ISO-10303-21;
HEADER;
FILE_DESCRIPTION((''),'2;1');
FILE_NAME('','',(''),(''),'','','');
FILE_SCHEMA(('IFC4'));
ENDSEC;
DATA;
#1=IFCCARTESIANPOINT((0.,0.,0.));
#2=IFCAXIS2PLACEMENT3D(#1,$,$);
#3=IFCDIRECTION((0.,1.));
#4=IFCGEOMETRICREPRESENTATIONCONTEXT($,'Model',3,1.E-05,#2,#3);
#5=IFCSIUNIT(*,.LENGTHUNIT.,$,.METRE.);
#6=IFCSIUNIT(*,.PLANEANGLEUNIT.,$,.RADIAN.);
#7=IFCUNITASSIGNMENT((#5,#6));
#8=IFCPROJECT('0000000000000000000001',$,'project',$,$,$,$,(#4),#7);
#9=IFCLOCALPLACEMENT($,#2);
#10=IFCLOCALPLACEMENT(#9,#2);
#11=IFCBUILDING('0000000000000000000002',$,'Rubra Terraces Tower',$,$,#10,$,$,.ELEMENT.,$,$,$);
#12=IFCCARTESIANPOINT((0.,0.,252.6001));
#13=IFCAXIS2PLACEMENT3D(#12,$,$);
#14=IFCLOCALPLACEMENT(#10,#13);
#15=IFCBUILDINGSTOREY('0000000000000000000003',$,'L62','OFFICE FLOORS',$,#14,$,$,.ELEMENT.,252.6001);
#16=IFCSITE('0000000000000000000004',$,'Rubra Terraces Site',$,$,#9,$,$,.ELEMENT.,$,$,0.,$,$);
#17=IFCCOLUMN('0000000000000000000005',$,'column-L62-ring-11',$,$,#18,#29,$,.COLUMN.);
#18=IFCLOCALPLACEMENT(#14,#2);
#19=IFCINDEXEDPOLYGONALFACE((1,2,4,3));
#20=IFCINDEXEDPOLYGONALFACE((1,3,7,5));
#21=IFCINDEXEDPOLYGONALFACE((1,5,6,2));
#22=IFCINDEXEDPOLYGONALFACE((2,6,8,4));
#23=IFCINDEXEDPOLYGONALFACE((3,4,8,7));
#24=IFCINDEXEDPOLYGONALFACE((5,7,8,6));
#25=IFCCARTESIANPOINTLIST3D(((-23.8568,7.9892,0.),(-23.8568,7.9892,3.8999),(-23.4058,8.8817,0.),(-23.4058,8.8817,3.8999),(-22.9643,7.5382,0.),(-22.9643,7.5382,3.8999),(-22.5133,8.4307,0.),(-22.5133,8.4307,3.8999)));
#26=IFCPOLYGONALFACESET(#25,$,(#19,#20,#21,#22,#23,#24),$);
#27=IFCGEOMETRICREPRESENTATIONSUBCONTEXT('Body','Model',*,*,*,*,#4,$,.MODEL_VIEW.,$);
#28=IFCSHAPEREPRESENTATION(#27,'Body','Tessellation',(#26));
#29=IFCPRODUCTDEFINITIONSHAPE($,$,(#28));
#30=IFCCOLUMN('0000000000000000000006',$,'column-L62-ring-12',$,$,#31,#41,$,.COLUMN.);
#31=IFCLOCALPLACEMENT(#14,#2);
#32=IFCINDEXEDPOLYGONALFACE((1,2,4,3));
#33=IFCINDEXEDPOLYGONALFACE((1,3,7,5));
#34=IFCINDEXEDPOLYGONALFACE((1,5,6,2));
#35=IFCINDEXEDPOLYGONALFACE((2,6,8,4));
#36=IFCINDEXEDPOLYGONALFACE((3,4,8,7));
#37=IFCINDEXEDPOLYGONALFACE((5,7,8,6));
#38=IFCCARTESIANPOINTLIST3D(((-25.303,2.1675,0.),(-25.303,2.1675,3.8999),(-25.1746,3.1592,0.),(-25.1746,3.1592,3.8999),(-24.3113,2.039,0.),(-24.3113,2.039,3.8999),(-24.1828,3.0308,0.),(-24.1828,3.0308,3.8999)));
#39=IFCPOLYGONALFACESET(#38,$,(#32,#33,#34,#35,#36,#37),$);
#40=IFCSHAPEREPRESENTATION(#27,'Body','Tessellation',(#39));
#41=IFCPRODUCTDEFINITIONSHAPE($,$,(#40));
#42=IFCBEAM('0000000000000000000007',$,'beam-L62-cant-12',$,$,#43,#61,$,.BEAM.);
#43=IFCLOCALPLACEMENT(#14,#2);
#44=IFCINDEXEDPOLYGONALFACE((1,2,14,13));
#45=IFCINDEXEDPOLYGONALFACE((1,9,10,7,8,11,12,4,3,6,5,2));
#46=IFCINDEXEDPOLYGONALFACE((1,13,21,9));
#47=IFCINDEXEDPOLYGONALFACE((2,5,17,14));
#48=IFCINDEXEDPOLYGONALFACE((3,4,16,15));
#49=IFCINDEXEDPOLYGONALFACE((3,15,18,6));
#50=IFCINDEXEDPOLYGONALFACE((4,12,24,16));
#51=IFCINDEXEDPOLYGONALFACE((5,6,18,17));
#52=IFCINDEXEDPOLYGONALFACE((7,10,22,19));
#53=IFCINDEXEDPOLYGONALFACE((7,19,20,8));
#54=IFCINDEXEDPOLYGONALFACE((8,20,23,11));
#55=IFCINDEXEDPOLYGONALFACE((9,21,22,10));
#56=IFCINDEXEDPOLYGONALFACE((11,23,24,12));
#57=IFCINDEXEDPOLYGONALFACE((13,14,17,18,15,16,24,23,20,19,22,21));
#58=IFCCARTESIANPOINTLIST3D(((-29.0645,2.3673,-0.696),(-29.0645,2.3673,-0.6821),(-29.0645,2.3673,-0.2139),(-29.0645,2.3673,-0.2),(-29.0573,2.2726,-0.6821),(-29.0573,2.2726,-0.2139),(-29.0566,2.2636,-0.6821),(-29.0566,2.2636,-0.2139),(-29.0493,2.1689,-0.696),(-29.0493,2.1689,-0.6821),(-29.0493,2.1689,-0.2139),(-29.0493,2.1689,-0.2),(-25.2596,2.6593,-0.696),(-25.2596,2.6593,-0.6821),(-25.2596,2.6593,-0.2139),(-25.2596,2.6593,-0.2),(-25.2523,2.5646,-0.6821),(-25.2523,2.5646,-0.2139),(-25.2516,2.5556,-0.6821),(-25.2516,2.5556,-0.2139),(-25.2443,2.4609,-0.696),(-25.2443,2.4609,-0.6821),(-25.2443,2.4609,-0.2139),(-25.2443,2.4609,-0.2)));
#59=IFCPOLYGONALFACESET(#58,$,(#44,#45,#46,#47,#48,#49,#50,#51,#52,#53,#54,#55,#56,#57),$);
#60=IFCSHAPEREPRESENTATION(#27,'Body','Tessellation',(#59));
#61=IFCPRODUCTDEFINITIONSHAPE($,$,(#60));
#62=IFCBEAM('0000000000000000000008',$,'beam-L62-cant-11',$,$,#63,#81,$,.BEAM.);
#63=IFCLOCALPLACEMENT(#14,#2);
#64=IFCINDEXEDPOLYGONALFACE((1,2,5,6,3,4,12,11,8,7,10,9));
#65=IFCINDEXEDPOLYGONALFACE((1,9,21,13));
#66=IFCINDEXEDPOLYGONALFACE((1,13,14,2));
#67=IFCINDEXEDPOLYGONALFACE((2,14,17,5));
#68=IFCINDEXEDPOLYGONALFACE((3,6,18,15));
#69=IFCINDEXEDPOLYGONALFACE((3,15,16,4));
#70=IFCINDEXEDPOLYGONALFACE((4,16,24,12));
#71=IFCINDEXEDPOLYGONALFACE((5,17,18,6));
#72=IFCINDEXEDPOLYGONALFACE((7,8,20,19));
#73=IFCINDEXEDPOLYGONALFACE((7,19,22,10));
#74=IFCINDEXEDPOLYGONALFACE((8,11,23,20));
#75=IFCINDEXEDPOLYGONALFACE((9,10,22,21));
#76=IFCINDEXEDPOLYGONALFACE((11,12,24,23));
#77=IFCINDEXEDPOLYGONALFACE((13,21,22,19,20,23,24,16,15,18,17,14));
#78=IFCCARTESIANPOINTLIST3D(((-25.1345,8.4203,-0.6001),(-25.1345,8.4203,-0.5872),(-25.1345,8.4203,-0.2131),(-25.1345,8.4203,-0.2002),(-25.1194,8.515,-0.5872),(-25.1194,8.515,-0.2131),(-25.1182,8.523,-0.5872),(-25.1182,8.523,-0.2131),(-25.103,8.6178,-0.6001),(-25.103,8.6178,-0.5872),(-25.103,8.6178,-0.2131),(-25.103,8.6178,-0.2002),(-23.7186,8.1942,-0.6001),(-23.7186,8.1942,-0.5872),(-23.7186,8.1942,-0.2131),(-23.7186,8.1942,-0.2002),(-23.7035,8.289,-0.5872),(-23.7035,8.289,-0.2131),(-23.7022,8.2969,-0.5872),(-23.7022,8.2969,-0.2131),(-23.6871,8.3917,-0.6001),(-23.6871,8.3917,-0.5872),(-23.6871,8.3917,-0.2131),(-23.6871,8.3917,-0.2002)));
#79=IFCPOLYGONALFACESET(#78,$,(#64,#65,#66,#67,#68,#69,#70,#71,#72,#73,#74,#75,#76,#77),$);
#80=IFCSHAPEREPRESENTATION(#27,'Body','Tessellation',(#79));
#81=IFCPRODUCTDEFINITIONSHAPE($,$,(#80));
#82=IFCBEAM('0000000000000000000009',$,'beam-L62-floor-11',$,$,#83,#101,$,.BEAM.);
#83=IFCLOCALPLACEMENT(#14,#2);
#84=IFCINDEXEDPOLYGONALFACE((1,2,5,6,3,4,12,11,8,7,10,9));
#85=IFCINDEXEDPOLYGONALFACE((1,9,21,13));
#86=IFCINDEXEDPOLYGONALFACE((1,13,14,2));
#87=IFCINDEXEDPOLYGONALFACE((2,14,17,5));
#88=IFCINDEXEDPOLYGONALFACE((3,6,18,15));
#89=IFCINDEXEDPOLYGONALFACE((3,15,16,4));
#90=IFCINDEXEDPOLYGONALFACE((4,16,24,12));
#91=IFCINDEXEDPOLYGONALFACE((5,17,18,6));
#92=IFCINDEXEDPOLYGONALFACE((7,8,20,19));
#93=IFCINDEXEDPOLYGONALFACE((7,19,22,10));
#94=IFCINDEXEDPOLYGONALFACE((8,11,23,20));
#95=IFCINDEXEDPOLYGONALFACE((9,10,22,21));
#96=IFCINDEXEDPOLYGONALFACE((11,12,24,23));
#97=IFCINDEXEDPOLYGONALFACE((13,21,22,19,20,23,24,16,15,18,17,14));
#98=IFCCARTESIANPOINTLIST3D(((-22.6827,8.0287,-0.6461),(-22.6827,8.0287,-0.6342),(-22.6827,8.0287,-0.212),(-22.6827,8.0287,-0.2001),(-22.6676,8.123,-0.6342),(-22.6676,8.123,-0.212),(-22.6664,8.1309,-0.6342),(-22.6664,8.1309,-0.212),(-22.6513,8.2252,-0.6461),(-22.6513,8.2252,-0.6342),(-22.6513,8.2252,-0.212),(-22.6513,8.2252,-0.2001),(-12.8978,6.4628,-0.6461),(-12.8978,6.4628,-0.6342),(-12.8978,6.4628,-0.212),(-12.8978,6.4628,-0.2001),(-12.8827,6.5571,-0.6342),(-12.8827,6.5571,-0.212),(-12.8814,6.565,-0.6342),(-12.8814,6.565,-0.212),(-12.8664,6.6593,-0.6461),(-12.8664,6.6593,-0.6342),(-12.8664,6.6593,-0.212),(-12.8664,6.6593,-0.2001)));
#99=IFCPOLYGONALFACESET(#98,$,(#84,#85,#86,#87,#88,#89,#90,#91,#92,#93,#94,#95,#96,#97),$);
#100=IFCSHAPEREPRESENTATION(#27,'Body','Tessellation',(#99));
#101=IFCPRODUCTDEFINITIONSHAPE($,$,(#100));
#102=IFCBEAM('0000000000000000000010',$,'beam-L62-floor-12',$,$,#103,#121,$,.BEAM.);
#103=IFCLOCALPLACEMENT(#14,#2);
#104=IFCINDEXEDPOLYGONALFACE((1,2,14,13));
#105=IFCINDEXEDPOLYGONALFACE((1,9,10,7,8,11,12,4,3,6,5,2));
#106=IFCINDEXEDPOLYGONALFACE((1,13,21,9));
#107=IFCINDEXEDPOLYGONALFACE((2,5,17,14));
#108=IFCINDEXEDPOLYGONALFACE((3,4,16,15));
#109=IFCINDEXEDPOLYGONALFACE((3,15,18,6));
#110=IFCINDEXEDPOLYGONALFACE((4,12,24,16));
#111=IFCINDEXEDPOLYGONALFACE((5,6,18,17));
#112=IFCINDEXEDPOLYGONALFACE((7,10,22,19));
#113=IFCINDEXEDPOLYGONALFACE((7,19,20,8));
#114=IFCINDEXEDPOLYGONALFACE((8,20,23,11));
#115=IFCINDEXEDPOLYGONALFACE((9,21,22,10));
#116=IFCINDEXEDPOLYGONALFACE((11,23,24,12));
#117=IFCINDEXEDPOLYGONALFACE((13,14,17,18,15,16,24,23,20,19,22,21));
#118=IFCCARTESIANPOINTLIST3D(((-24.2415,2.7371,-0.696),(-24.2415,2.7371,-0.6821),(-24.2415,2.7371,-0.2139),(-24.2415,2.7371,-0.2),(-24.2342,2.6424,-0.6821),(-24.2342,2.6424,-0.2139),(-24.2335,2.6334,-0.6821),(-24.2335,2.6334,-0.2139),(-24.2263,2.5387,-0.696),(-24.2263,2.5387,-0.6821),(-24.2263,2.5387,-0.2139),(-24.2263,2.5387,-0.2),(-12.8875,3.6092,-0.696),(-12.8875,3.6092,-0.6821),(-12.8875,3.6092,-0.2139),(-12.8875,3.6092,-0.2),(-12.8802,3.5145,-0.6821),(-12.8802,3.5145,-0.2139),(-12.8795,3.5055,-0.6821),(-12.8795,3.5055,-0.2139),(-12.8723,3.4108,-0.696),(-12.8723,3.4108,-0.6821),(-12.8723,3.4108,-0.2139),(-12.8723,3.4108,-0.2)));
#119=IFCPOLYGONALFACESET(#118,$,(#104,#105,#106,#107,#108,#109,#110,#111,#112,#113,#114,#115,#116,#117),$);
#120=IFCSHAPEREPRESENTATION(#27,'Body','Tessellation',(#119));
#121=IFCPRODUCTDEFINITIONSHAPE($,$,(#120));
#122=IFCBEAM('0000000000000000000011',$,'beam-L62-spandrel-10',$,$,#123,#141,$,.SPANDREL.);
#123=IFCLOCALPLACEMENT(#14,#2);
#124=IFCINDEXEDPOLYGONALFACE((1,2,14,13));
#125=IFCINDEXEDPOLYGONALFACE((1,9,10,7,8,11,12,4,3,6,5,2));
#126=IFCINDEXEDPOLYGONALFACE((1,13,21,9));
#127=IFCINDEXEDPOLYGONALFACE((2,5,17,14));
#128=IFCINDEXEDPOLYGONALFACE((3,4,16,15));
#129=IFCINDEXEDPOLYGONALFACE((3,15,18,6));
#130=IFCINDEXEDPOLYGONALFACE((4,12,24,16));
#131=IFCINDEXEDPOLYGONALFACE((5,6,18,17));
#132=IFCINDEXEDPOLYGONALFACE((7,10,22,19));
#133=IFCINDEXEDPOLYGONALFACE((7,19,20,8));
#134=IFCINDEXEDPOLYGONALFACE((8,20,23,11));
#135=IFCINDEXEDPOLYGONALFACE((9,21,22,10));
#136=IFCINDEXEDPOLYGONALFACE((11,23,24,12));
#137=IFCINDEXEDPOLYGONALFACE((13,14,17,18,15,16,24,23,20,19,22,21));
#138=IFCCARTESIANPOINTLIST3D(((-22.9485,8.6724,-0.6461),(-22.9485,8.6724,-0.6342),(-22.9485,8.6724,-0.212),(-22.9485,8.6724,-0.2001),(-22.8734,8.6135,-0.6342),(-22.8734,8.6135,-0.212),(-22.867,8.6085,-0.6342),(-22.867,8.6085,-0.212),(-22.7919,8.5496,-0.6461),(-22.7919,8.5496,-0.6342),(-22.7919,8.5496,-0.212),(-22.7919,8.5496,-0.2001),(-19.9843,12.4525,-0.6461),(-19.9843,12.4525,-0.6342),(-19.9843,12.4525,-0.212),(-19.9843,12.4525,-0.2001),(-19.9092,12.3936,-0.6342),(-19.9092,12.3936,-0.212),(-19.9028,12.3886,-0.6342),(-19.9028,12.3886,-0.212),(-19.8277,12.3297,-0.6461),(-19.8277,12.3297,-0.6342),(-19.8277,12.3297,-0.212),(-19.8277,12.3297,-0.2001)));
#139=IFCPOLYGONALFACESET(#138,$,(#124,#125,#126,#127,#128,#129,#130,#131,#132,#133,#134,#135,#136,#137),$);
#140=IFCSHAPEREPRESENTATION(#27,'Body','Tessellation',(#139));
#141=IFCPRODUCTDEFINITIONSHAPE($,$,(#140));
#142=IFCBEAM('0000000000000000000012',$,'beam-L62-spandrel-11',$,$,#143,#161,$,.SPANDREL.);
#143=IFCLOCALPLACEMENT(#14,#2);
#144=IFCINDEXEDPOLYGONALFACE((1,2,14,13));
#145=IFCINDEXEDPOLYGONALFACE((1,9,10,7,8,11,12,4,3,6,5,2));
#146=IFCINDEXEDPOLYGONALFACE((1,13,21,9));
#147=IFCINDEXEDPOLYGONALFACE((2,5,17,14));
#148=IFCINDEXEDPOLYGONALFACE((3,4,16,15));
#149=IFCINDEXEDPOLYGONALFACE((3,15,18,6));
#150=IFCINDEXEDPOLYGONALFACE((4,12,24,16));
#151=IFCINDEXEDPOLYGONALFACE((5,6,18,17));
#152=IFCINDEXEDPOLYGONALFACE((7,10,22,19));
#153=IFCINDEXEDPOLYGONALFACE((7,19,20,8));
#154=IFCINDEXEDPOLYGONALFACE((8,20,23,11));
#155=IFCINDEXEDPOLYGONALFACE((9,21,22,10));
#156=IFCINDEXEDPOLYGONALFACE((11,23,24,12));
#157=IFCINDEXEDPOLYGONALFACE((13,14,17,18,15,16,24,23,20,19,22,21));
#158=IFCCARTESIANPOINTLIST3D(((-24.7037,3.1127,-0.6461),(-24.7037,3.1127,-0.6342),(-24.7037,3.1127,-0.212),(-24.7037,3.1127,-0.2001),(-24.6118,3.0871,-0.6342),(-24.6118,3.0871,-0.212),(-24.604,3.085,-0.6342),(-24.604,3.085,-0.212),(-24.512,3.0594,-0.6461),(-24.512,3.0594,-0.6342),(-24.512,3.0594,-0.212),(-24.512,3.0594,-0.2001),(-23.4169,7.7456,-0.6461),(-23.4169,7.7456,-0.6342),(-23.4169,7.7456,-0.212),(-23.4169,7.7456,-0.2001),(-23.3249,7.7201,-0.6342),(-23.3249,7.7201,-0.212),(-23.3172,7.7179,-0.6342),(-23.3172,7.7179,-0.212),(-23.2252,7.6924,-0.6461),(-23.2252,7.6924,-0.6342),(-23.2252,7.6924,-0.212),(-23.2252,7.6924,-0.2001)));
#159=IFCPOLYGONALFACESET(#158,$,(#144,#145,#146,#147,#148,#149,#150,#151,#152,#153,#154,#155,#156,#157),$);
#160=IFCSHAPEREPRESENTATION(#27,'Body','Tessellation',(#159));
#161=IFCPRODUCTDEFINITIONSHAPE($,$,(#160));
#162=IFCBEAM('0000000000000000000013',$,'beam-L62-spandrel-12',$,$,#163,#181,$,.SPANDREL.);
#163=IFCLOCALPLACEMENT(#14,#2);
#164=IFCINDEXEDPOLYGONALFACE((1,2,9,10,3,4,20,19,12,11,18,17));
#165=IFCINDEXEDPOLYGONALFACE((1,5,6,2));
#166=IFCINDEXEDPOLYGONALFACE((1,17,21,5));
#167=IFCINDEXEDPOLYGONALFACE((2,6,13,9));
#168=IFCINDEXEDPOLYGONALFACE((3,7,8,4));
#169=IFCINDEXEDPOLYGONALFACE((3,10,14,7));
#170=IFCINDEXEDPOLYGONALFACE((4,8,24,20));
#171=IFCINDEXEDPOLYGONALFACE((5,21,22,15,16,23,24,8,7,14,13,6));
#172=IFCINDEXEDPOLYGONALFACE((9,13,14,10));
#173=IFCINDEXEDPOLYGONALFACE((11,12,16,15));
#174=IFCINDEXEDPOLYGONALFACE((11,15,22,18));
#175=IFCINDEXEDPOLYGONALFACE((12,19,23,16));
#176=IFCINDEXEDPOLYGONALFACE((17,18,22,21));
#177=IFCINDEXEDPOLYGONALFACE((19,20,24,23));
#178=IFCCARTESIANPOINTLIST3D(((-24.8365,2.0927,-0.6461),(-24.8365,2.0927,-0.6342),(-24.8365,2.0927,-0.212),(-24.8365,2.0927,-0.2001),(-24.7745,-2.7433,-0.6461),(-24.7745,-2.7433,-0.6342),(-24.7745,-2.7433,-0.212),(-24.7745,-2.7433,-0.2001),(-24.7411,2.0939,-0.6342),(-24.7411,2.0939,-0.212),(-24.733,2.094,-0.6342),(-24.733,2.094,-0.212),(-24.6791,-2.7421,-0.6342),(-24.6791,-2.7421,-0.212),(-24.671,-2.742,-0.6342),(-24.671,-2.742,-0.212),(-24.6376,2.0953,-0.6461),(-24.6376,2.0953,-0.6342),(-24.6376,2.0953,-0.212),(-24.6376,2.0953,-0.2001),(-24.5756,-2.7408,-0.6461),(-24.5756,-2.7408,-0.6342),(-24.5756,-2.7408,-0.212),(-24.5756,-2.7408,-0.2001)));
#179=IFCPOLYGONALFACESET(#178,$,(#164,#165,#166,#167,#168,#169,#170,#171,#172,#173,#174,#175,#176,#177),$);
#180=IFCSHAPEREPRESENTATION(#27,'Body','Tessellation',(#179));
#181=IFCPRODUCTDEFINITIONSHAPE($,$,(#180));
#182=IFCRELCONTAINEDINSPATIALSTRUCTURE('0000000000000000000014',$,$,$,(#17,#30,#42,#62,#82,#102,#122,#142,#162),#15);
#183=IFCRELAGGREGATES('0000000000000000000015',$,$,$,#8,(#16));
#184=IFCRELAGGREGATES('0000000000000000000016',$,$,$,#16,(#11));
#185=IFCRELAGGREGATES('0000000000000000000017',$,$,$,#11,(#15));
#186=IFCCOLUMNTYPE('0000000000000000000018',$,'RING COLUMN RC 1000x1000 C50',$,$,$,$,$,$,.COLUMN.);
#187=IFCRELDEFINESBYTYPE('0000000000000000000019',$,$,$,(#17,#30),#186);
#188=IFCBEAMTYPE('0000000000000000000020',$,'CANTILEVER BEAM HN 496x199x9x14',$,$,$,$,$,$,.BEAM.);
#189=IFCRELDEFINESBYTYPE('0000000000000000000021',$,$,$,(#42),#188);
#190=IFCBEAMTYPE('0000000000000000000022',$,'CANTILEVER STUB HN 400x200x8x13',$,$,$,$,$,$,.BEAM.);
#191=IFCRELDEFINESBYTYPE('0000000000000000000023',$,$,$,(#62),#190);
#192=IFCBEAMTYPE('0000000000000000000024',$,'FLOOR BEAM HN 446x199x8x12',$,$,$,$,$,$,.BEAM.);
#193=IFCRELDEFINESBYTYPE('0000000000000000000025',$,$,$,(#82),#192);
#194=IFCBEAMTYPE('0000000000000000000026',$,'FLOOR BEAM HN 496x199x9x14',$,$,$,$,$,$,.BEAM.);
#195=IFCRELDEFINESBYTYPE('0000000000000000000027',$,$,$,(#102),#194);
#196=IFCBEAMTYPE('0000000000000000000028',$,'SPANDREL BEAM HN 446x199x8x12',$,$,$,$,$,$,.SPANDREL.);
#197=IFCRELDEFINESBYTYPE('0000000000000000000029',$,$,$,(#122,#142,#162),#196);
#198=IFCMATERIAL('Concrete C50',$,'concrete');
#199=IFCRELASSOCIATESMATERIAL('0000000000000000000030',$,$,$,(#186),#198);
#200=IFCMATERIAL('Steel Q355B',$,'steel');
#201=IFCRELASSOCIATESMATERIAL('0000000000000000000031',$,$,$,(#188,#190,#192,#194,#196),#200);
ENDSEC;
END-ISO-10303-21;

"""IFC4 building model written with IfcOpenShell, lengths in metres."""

from ifc_helpers import new_model, si_unit, direction, frame, origin, origin_2d, place, context, subcontext, project, spatial, rectangle, i_section, extrude, material, material_profile, profile_set, type_object, element, save


model = new_model("IFC4")

# Units and contexts
model_context = context("Model", 3, precision=1e-05, world=origin(), true_north=direction((0.0, 1.0)))
body_context = subcontext(model_context, "Body", "Model", "MODEL_VIEW")
ifc_project = project(units=[si_unit("LENGTHUNIT", "METRE"), si_unit("PLANEANGLEUNIT", "RADIAN")], contexts=[model_context])

# Site, building, storey
site_placement = place(None, origin())
site = spatial("IfcSite", under=ifc_project, at=site_placement, Name="Rubra Terraces Site", CompositionType="ELEMENT", RefElevation=0.0)
building_placement = place(site_placement, origin())
building = spatial("IfcBuilding", under=site, at=building_placement, Name="Rubra Terraces Tower", CompositionType="ELEMENT")
storey_placement = place(building_placement, frame((0.0, 0.0, 252.6001)))
storey = spatial("IfcBuildingStorey", under=building, at=storey_placement, Name="L62", Description="OFFICE FLOORS", CompositionType="ELEMENT", Elevation=252.6001)

# Columns
ifc_material_1 = material(Name="Concrete C50", Category="concrete")
ifc_material_profile_1 = material_profile(ifc_material_1, rectangle(XDim=1.0, YDim=1.0, at=origin_2d()), Name="RC 1000x1000")
ifc_profile_set_1 = profile_set([ifc_material_profile_1], Name="Concrete C50")
column_type = type_object("IfcColumnType", Name="RING COLUMN RC 1000x1000 C50", PredefinedType="COLUMN", material=ifc_profile_set_1)
for number, where, z_axis, x_axis, name in (
    (1, (-23.1851, 8.21, 0.0), (0.0, 0.0, 1.0), (-0.451028, -0.89251, 0.0), "column-L62-ring-11"),
    (2, (-24.7429, 2.5991, 0.0), (0.0, 0.0, 1.0), (-0.128444, -0.991717, 0.0), "column-L62-ring-12"),
):
    element("IfcColumn", number, at=place(storey_placement, frame(where, z_axis=z_axis, x_axis=x_axis)), inside=storey, type_object=column_type, Name=name, PredefinedType="COLUMN", context=body_context, shape_type="SweptSolid", body=[
        extrude(rectangle(XDim=1.0, YDim=1.0, at=origin_2d()), origin(), (0.0, 0.0, 1.0), 3.8999),
    ])

# Beams
ifc_material_2 = material(Name="Steel Q355B", Category="steel")
ifc_material_profile_2 = material_profile(ifc_material_2, i_section(OverallWidth=0.199, OverallDepth=0.4961, WebThickness=0.009, FlangeThickness=0.0139, at=origin_2d()), Name="HN 496x199x9x14")
ifc_profile_set_2 = profile_set([ifc_material_profile_2], Name="Steel Q355B")
beam_type_1 = type_object("IfcBeamType", Name="CANTILEVER BEAM HN 496x199x9x14", PredefinedType="BEAM", material=ifc_profile_set_2)
beam_1_placement = place(storey_placement, frame((-25.252, 2.5601, -0.448), z_axis=(-0.997068, -0.076515, 0.0), x_axis=(0.076515, -0.997068, 0.0)))
element("IfcBeam", 3, at=beam_1_placement, inside=storey, type_object=beam_type_1, Name="beam-L62-cant-12", PredefinedType="BEAM", context=body_context, shape_type="SweptSolid", body=[
    extrude(i_section(OverallWidth=0.199, OverallDepth=0.4961, WebThickness=0.009, FlangeThickness=0.0139, at=origin_2d()), origin(), (0.0, 0.0, 1.0), 3.8162),
])
ifc_material_profile_3 = material_profile(ifc_material_2, i_section(OverallWidth=0.2, OverallDepth=0.3999, WebThickness=0.0081, FlangeThickness=0.0129, at=origin_2d()), Name="HN 400x200x8x13")
ifc_profile_set_3 = profile_set([ifc_material_profile_3], Name="Steel Q355B")
beam_type_2 = type_object("IfcBeamType", Name="CANTILEVER STUB HN 400x200x8x13", PredefinedType="BEAM", material=ifc_profile_set_3)
beam_2_placement = place(storey_placement, frame((-23.7029, 8.293, -0.4001), z_axis=(-0.987494, 0.157658, 0.0), x_axis=(-0.157658, -0.987494, 0.0)))
element("IfcBeam", 4, at=beam_2_placement, inside=storey, type_object=beam_type_2, Name="beam-L62-cant-11", PredefinedType="BEAM", context=body_context, shape_type="SweptSolid", body=[
    extrude(i_section(OverallWidth=0.2, OverallDepth=0.3999, WebThickness=0.0081, FlangeThickness=0.0129, at=origin_2d()), origin(), (0.0, 0.0, 1.0), 1.4338),
])
ifc_material_profile_4 = material_profile(ifc_material_2, i_section(OverallWidth=0.199, OverallDepth=0.446, WebThickness=0.0081, FlangeThickness=0.012, at=origin_2d()), Name="HN 446x199x8x12")
ifc_profile_set_4 = profile_set([ifc_material_profile_4], Name="Steel Q355B")
beam_type_3 = type_object("IfcBeamType", Name="FLOOR BEAM HN 446x199x8x12", PredefinedType="BEAM", material=ifc_profile_set_4)
beam_3_placement = place(storey_placement, frame((-22.667, 8.127, -0.4231), z_axis=(0.987435, -0.158023, 0.0), x_axis=(0.158023, 0.987435, 0.0)))
element("IfcBeam", 5, at=beam_3_placement, inside=storey, type_object=beam_type_3, Name="beam-L62-floor-11", PredefinedType="BEAM", context=body_context, shape_type="SweptSolid", body=[
    extrude(i_section(OverallWidth=0.199, OverallDepth=0.446, WebThickness=0.0081, FlangeThickness=0.012, at=origin_2d()), origin(), (0.0, 0.0, 1.0), 9.9094),
])
ifc_material_profile_5 = material_profile(ifc_material_2, i_section(OverallWidth=0.199, OverallDepth=0.4961, WebThickness=0.009, FlangeThickness=0.0139, at=origin_2d()), Name="HN 496x199x9x14")
ifc_profile_set_5 = profile_set([ifc_material_profile_5], Name="Steel Q355B")
beam_type_4 = type_object("IfcBeamType", Name="FLOOR BEAM HN 496x199x9x14", PredefinedType="BEAM", material=ifc_profile_set_5)
beam_4_placement = place(storey_placement, frame((-24.2339, 2.6379, -0.448), z_axis=(0.997063, 0.076582, 0.0), x_axis=(-0.076582, 0.997063, 0.0)))
element("IfcBeam", 6, at=beam_4_placement, inside=storey, type_object=beam_type_4, Name="beam-L62-floor-12", PredefinedType="BEAM", context=body_context, shape_type="SweptSolid", body=[
    extrude(i_section(OverallWidth=0.199, OverallDepth=0.4961, WebThickness=0.009, FlangeThickness=0.0139, at=origin_2d()), origin(), (0.0, 0.0, 1.0), 11.3875),
])
ifc_material_profile_6 = material_profile(ifc_material_2, i_section(OverallWidth=0.199, OverallDepth=0.446, WebThickness=0.0081, FlangeThickness=0.012, at=origin_2d()), Name="HN 446x199x8x12")
ifc_profile_set_6 = profile_set([ifc_material_profile_6], Name="Steel Q355B")
beam_type_5 = type_object("IfcBeamType", Name="SPANDREL BEAM HN 446x199x8x12", PredefinedType="SPANDREL", material=ifc_profile_set_6)
beam_5_placement = place(storey_placement, frame((-19.906, 12.3911, -0.4231), z_axis=(-0.61706, -0.786916, 0.0), x_axis=(0.786916, -0.61706, 0.0)))
element("IfcBeam", 7, at=beam_5_placement, inside=storey, type_object=beam_type_5, Name="beam-L62-spandrel-10", PredefinedType="SPANDREL", context=body_context, shape_type="SweptSolid", body=[
    extrude(i_section(OverallWidth=0.199, OverallDepth=0.446, WebThickness=0.0081, FlangeThickness=0.012, at=origin_2d()), origin(), (0.0, 0.0, 1.0), 4.8037),
])
beam_6_placement = place(storey_placement, frame((-23.321, 7.719, -0.4231), z_axis=(-0.267626, -0.963523, 0.0), x_axis=(0.963523, -0.267626, 0.0)))
element("IfcBeam", 8, at=beam_6_placement, inside=storey, type_object=beam_type_5, Name="beam-L62-spandrel-11", PredefinedType="SPANDREL", context=body_context, shape_type="SweptSolid", body=[
    extrude(i_section(OverallWidth=0.199, OverallDepth=0.446, WebThickness=0.0081, FlangeThickness=0.012, at=origin_2d()), origin(), (0.0, 0.0, 1.0), 4.8083),
])
beam_7_placement = place(storey_placement, frame((-24.7371, 2.094, -0.4231), z_axis=(0.012822, -0.999918, 0.0), x_axis=(0.999918, 0.012822, 0.0)))
element("IfcBeam", 9, at=beam_7_placement, inside=storey, type_object=beam_type_5, Name="beam-L62-spandrel-12", PredefinedType="SPANDREL", context=body_context, shape_type="SweptSolid", body=[
    extrude(i_section(OverallWidth=0.199, OverallDepth=0.446, WebThickness=0.0081, FlangeThickness=0.012, at=origin_2d()), origin(), (0.0, 0.0, 1.0), 4.8364),
])

save(model, "model.ifc")
